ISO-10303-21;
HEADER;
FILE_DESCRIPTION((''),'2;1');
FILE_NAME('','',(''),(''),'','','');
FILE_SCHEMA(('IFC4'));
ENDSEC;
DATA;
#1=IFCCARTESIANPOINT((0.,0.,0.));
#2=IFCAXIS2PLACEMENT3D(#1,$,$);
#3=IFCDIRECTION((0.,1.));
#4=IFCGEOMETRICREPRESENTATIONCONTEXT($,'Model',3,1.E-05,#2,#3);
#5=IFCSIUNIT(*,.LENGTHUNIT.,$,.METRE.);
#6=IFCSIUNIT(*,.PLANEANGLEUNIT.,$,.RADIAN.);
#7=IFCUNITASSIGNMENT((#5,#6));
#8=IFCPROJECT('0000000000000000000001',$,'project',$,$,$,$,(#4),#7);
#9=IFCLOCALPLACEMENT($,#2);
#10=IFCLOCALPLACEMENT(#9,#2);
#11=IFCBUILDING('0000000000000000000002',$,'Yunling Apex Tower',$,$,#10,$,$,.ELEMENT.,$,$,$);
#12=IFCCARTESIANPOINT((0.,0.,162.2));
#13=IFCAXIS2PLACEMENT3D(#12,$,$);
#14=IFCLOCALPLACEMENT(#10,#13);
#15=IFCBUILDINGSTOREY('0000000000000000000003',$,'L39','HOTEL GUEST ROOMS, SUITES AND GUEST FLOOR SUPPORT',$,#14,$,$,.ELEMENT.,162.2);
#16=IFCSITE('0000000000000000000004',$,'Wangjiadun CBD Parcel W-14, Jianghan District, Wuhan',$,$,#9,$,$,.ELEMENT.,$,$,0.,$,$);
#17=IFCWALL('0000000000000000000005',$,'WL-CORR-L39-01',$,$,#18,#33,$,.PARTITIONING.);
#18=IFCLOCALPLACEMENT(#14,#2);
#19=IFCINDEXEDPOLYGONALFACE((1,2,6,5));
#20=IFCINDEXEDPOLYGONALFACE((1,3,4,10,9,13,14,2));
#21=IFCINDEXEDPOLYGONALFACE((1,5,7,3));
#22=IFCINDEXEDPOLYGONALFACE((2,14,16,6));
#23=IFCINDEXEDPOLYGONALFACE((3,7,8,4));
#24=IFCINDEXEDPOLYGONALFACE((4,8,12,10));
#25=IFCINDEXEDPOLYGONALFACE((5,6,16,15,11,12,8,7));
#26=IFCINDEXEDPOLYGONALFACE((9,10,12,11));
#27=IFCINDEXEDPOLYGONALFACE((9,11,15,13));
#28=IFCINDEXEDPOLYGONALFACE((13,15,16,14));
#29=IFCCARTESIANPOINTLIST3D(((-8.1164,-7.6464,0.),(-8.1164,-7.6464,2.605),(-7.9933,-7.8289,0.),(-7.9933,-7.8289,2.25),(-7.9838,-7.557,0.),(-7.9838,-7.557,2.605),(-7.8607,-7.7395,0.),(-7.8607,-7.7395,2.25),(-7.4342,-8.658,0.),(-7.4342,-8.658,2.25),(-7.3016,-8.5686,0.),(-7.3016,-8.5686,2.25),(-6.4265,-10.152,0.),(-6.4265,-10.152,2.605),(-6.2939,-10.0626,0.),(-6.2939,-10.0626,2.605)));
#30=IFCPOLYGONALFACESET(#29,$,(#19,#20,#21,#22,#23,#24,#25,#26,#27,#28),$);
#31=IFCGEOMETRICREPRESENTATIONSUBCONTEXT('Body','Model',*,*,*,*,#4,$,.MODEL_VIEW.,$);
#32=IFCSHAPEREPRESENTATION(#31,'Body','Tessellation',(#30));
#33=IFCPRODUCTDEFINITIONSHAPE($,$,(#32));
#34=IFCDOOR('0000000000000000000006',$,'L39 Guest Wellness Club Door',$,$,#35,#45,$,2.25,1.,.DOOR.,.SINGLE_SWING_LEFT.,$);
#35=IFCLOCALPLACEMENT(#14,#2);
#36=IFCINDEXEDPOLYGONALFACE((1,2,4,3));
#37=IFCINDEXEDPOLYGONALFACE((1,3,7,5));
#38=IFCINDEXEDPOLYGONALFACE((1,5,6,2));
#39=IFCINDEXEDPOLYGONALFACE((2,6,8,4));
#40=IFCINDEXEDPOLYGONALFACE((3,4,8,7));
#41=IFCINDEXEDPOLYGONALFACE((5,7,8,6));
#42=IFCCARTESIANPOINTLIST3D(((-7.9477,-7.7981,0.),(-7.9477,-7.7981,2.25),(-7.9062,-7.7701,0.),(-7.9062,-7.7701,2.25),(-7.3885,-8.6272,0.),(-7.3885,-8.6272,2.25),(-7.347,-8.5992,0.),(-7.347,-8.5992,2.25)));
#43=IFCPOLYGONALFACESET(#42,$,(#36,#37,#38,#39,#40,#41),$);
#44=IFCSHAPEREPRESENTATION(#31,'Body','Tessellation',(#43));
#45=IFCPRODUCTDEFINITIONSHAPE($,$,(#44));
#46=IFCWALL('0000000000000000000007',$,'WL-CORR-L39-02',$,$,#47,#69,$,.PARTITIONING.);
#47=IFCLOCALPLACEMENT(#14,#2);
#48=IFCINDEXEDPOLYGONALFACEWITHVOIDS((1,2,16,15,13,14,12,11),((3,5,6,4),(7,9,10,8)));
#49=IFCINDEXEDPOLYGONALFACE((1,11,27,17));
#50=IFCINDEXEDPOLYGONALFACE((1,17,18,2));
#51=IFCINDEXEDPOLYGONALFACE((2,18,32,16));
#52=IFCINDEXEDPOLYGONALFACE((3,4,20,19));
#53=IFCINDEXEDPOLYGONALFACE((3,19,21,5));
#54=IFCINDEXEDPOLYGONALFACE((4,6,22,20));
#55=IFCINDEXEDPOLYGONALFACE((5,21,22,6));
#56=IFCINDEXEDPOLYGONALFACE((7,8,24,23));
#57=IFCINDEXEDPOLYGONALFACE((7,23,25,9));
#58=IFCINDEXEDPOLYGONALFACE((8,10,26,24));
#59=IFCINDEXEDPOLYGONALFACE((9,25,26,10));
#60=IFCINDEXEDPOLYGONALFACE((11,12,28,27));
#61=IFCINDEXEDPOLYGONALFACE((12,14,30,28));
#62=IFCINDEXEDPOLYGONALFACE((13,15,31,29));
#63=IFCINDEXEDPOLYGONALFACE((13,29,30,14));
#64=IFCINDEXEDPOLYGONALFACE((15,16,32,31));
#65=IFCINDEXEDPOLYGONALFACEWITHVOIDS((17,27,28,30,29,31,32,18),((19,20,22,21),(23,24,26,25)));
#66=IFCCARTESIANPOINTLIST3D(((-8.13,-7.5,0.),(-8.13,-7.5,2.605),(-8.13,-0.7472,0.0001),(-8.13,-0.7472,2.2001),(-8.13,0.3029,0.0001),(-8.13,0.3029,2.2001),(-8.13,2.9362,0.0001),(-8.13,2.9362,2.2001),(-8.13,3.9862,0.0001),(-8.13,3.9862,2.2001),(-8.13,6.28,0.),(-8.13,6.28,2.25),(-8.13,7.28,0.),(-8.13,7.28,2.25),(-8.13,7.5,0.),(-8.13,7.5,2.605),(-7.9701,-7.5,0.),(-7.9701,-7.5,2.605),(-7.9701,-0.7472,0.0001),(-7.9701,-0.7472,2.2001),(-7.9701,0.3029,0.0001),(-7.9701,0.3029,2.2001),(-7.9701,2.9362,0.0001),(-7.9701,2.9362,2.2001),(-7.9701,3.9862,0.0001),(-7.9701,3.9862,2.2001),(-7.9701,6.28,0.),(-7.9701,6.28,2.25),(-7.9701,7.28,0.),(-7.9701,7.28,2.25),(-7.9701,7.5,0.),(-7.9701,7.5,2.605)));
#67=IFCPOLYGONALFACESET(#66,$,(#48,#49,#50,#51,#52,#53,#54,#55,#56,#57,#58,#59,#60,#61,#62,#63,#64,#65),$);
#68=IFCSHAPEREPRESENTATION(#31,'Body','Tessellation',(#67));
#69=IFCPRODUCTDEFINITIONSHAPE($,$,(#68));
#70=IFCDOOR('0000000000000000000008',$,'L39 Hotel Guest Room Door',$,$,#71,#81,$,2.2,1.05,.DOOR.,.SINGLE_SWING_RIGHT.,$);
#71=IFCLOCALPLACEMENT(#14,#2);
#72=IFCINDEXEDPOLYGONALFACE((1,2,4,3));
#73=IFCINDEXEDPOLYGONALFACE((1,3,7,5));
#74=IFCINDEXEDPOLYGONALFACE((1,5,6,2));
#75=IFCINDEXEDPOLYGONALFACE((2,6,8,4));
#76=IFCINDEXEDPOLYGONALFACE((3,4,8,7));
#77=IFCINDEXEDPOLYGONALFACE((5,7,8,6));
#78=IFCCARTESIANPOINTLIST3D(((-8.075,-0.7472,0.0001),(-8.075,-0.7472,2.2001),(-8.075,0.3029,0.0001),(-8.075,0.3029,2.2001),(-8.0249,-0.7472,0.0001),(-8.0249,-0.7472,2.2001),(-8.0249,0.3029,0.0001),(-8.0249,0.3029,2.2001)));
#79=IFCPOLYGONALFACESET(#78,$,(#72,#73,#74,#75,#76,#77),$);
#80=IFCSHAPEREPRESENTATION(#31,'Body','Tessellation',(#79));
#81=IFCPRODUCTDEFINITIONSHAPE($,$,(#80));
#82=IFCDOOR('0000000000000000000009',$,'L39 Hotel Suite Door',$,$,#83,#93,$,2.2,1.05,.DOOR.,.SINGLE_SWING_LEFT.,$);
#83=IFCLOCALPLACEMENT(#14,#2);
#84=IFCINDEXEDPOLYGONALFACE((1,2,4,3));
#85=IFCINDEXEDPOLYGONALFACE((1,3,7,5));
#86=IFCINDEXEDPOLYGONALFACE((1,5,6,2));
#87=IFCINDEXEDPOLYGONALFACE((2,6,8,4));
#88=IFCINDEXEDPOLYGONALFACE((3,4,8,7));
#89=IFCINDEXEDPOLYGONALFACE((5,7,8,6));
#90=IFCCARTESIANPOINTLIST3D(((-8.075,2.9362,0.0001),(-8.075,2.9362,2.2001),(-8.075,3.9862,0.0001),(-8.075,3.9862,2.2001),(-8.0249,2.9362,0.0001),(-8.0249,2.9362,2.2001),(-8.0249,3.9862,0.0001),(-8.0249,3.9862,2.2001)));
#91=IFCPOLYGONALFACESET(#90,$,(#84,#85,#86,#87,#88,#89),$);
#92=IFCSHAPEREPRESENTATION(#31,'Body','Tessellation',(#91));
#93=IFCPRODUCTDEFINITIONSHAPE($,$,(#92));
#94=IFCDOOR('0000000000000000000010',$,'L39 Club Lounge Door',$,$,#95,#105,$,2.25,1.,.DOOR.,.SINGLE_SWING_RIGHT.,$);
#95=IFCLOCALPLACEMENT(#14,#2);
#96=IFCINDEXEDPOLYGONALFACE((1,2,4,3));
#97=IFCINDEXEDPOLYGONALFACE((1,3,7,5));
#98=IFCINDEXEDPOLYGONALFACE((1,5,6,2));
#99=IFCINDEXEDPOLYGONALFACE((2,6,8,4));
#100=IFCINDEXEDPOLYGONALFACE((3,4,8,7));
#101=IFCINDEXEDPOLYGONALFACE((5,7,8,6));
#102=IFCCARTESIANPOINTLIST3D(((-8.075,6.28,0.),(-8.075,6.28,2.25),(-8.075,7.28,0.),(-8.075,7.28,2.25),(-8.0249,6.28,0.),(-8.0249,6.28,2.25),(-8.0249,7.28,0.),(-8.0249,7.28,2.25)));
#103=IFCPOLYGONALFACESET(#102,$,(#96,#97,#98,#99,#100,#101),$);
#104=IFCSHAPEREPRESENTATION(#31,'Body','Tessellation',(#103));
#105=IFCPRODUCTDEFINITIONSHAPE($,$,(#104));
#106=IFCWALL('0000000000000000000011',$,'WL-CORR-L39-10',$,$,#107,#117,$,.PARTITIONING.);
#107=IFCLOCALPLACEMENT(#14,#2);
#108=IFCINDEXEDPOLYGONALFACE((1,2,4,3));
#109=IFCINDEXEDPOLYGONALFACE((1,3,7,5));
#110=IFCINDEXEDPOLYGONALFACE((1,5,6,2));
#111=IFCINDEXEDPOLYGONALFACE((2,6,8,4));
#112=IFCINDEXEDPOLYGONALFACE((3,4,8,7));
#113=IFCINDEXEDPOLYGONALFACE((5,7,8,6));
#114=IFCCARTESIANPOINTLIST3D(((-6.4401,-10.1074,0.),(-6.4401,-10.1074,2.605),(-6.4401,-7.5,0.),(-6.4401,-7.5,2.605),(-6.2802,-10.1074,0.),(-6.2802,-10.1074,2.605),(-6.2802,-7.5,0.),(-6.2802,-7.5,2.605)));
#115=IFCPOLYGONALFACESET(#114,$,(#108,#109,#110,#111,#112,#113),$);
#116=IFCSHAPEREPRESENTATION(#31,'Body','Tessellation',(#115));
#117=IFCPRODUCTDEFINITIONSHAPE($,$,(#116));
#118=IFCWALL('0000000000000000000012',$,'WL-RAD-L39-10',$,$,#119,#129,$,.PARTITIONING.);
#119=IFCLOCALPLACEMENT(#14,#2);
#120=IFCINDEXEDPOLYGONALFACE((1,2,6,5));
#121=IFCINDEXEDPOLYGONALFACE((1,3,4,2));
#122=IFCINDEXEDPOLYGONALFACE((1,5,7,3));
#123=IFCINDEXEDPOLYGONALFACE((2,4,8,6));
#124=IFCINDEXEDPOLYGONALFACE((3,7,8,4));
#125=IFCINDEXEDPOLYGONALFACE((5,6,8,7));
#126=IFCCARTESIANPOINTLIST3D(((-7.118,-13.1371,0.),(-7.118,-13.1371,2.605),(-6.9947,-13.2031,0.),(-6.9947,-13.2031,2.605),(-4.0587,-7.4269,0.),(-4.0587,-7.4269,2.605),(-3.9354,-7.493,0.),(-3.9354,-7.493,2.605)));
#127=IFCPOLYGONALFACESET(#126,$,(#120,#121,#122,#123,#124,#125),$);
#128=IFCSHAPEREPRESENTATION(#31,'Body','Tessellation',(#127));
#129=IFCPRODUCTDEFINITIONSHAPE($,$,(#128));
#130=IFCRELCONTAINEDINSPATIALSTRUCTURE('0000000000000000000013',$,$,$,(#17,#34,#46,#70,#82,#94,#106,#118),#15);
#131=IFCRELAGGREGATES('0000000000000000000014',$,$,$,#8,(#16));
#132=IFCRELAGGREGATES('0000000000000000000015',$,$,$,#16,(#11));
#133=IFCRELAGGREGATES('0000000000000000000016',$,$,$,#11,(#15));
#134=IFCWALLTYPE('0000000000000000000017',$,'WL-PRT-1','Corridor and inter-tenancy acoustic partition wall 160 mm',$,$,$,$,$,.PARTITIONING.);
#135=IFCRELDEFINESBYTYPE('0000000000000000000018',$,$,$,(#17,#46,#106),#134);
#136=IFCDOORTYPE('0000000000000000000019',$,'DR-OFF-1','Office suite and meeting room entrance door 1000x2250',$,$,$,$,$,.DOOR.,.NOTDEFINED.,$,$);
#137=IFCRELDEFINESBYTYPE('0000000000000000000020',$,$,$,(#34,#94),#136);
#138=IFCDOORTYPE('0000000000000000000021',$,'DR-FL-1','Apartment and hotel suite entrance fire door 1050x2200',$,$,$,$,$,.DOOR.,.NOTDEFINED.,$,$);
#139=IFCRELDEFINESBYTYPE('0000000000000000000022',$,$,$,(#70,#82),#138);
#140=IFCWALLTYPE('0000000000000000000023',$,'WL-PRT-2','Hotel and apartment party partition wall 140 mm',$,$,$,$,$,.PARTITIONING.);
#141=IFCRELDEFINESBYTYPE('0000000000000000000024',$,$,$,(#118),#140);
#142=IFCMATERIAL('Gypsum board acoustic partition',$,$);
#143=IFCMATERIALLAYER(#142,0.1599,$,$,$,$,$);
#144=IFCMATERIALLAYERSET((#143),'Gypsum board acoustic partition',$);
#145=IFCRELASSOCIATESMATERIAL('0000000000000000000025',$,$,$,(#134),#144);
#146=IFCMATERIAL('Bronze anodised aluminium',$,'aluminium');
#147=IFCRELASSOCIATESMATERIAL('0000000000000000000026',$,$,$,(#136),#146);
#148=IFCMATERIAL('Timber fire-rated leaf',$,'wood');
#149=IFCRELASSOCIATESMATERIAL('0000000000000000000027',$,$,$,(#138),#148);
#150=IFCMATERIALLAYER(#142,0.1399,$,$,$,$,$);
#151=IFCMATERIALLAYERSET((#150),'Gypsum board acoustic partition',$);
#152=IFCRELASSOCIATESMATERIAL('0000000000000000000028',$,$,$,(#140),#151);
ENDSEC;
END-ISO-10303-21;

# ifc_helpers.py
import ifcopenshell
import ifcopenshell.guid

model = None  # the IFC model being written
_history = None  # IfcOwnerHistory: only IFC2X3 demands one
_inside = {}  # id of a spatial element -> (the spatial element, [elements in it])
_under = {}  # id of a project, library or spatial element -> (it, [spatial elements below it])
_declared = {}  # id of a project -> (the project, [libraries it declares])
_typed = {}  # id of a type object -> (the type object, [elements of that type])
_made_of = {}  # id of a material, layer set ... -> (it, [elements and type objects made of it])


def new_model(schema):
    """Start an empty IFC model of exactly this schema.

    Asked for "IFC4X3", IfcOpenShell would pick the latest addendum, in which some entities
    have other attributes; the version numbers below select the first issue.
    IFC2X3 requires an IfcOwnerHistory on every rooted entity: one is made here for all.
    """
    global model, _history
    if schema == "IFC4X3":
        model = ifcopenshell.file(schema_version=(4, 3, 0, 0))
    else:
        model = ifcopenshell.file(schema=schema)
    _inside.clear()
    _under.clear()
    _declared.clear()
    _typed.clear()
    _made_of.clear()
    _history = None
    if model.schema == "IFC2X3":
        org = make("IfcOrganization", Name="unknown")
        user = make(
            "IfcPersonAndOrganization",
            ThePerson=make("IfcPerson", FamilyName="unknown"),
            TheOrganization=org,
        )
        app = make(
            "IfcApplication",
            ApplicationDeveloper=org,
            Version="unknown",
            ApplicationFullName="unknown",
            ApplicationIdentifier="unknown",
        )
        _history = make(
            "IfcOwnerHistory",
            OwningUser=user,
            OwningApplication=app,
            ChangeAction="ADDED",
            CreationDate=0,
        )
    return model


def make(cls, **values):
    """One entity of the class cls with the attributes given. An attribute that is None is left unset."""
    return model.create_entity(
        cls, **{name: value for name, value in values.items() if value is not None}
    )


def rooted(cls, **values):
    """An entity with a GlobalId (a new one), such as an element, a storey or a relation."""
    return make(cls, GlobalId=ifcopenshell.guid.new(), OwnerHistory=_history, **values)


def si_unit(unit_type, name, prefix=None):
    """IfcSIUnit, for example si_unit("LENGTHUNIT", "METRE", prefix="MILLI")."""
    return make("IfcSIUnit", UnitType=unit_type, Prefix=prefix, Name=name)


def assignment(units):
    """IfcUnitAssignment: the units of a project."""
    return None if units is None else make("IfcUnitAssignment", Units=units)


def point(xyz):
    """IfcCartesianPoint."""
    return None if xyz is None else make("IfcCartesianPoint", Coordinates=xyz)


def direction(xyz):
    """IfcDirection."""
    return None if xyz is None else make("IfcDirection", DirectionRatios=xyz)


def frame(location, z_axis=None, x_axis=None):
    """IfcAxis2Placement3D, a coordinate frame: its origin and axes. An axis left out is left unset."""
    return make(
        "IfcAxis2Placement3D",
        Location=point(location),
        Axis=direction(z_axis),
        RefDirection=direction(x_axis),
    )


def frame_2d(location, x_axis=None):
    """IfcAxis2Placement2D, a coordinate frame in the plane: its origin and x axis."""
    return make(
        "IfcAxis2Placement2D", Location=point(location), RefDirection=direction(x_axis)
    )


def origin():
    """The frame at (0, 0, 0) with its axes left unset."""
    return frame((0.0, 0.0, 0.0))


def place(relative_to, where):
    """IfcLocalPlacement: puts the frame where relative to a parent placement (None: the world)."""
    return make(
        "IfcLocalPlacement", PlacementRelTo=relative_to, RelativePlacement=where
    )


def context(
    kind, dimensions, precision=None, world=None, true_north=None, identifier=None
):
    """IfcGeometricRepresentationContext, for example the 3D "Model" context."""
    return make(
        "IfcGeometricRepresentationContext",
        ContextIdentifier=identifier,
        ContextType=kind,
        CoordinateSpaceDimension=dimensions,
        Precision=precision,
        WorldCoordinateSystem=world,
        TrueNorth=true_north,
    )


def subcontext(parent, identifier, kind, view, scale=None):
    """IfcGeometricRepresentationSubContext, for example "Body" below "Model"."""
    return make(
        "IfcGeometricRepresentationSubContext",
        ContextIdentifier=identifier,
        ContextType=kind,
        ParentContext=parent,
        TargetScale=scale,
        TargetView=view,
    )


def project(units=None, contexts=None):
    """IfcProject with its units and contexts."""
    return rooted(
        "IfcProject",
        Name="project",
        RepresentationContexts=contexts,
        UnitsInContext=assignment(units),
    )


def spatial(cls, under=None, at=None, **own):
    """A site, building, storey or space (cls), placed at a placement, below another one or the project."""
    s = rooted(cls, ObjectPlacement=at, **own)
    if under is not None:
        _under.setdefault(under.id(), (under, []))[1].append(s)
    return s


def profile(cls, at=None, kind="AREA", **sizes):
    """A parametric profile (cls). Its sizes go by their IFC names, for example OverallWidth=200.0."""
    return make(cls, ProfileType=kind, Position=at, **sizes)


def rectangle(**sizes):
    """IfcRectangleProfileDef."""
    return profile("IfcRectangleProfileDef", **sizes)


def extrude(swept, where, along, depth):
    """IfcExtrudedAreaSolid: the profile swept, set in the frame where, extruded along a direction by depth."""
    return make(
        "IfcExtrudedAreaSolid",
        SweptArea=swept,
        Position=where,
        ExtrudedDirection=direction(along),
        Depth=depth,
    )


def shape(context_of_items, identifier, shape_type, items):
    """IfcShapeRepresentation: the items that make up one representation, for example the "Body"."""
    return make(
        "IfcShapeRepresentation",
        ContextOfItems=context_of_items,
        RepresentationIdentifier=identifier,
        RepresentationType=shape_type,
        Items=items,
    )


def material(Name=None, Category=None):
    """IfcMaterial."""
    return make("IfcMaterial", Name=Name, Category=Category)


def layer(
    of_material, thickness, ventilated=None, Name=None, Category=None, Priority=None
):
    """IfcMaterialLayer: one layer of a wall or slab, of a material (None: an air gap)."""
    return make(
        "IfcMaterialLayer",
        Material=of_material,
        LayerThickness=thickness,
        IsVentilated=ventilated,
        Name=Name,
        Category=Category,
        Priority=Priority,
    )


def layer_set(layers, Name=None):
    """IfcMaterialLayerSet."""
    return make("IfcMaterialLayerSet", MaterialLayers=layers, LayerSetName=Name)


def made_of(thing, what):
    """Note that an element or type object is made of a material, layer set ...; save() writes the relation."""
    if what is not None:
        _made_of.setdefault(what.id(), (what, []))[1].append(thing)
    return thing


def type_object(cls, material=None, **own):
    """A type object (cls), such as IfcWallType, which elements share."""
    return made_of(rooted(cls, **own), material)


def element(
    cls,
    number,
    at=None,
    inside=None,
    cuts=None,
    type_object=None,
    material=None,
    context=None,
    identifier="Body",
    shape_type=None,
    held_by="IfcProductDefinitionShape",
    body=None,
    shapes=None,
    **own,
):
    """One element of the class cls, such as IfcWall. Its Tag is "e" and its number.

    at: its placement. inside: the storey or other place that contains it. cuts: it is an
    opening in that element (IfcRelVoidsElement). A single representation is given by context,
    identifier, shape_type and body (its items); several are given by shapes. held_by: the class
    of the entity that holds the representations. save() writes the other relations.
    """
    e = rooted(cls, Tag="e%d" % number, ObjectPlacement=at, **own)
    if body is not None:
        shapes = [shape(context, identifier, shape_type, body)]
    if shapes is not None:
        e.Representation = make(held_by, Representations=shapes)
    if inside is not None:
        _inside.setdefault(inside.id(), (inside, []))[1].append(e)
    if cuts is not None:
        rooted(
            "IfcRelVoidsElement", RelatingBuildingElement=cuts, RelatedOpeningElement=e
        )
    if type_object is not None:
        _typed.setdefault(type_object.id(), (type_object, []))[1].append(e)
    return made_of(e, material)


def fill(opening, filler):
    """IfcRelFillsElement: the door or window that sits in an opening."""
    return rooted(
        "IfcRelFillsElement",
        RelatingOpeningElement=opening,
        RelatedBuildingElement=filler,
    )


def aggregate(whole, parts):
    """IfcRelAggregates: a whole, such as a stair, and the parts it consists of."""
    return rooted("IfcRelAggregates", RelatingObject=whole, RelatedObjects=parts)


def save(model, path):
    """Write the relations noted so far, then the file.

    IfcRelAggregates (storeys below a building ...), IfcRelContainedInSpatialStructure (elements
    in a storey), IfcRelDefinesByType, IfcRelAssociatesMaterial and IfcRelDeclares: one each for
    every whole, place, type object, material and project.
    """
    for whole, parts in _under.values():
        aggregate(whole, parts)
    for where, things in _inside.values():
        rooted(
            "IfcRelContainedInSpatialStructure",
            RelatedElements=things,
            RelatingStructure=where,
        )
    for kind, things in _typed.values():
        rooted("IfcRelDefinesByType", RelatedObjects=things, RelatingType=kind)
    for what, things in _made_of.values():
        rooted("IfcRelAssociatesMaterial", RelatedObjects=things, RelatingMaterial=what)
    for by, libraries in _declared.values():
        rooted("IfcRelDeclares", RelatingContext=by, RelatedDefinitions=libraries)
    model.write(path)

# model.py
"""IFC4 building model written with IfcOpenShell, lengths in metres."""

from ifc_helpers import new_model, si_unit, direction, frame, frame_2d, origin, place, context, subcontext, project, spatial, rectangle, extrude, material, layer, layer_set, type_object, element, fill, save


model = new_model("IFC4")

# Units and contexts
model_context = context("Model", 3, precision=1e-05, world=origin(), true_north=direction((0.0, 1.0)))
body_context = subcontext(model_context, "Body", "Model", "MODEL_VIEW")
ifc_project = project(units=[si_unit("LENGTHUNIT", "METRE"), si_unit("PLANEANGLEUNIT", "RADIAN")], contexts=[model_context])

# Site, building, storey
site_placement = place(None, origin())
site = spatial("IfcSite", under=ifc_project, at=site_placement, Name="Wangjiadun CBD Parcel W-14, Jianghan District, Wuhan", CompositionType="ELEMENT", RefElevation=0.0)
building_placement = place(site_placement, origin())
building = spatial("IfcBuilding", under=site, at=building_placement, Name="Yunling Apex Tower", CompositionType="ELEMENT")
storey_placement = place(building_placement, frame((0.0, 0.0, 162.2)))
storey = spatial("IfcBuildingStorey", under=building, at=storey_placement, Name="L39", Description="HOTEL GUEST ROOMS, SUITES AND GUEST FLOOR SUPPORT", CompositionType="ELEMENT", Elevation=162.2)

# Shared definitions
ifc_material_1 = material(Name="Bronze anodised aluminium", Category="aluminium")

# Wall, opening, door
ifc_material_2 = material(Name="Gypsum board acoustic partition")
ifc_layer_1 = layer(ifc_material_2, 0.1599)
ifc_layer_set_1 = layer_set([ifc_layer_1], Name="Gypsum board acoustic partition")
wall_type_1 = type_object("IfcWallType", Name="WL-PRT-1", Description="Corridor and inter-tenancy acoustic partition wall 160 mm", PredefinedType="PARTITIONING", material=ifc_layer_set_1)
wall_1_placement = place(storey_placement, frame((-6.3601, -10.1074, 0.0), z_axis=(0.0, 0.0, 1.0), x_axis=(-0.559166, 0.829056, 0.0)))
wall_1 = element("IfcWall", 1, at=wall_1_placement, inside=storey, type_object=wall_type_1, Name="WL-CORR-L39-01", PredefinedType="PARTITIONING", context=body_context, shape_type="SweptSolid", body=[
    extrude(rectangle(XDim=3.0222, YDim=0.1599, at=frame_2d((1.5112, 0.0))), origin(), (0.0, 0.0, 1.0), 2.605),
])
opening_1_placement = place(wall_1_placement, frame((1.8022, 0.0, 0.0)))
opening_1 = element("IfcOpeningElement", 2, at=opening_1_placement, cuts=wall_1, PredefinedType="OPENING", context=body_context, shape_type="SweptSolid", body=[
    extrude(rectangle(XDim=1.0, YDim=2.25, at=frame_2d((0.5, 1.125))), frame((0.0, 0.0898, 0.0), z_axis=(0.0, -1.0, 0.0), x_axis=(1.0, 0.0, 0.0)), (0.0, 0.0, 1.0), 0.1799),
])
door_type_1 = type_object("IfcDoorType", Name="DR-OFF-1", Description="Office suite and meeting room entrance door 1000x2250", OperationType="NOTDEFINED", PredefinedType="DOOR", material=ifc_material_1)
door_1_placement = place(opening_1_placement, origin())
door_1 = element("IfcDoor", 3, at=door_1_placement, inside=storey, type_object=door_type_1, Name="L39 Guest Wellness Club Door", OperationType="SINGLE_SWING_LEFT", OverallHeight=2.25, OverallWidth=1.0, PredefinedType="DOOR", context=body_context, shape_type="SweptSolid", body=[
    extrude(rectangle(XDim=1.0, YDim=2.25, at=frame_2d((0.5, 1.125))), frame((0.0, 0.0249, 0.0), z_axis=(0.0, -1.0, 0.0), x_axis=(1.0, 0.0, 0.0)), (0.0, 0.0, 1.0), 0.05),
])
fill(opening_1, door_1)

# Wall, openings, doors
wall_2_placement = place(storey_placement, frame((-8.05, -7.5, 0.0), z_axis=(0.0, 0.0, 1.0), x_axis=(0.0, 1.0, 0.0)))
wall_2 = element("IfcWall", 4, at=wall_2_placement, inside=storey, type_object=wall_type_1, Name="WL-CORR-L39-02", PredefinedType="PARTITIONING", context=body_context, shape_type="SweptSolid", body=[
    extrude(rectangle(XDim=15.0, YDim=0.1599, at=frame_2d((7.5, 0.0))), origin(), (0.0, 0.0, 1.0), 2.605),
])
opening_2_placement = place(wall_2_placement, frame((6.7529, 0.0, 0.0)))
opening_2 = element("IfcOpeningElement", 5, at=opening_2_placement, cuts=wall_2, PredefinedType="OPENING", context=body_context, shape_type="SweptSolid", body=[
    extrude(rectangle(XDim=1.05, YDim=2.2, at=frame_2d((0.5249, 1.1001))), frame((0.0, 0.0898, 0.0), z_axis=(0.0, -1.0, 0.0), x_axis=(1.0, 0.0, 0.0)), (0.0, 0.0, 1.0), 0.1799),
])
opening_3_placement = place(wall_2_placement, frame((10.4363, 0.0, 0.0)))
opening_3 = element("IfcOpeningElement", 6, at=opening_3_placement, cuts=wall_2, PredefinedType="OPENING", context=body_context, shape_type="SweptSolid", body=[
    extrude(rectangle(XDim=1.05, YDim=2.2, at=frame_2d((0.5249, 1.1001))), frame((0.0, 0.0898, 0.0), z_axis=(0.0, -1.0, 0.0), x_axis=(1.0, 0.0, 0.0)), (0.0, 0.0, 1.0), 0.1799),
])
opening_4_placement = place(wall_2_placement, frame((13.78, 0.0, 0.0)))
opening_4 = element("IfcOpeningElement", 7, at=opening_4_placement, cuts=wall_2, PredefinedType="OPENING", context=body_context, shape_type="SweptSolid", body=[
    extrude(rectangle(XDim=1.0, YDim=2.25, at=frame_2d((0.5, 1.125))), frame((0.0, 0.0898, 0.0), z_axis=(0.0, -1.0, 0.0), x_axis=(1.0, 0.0, 0.0)), (0.0, 0.0, 1.0), 0.1799),
])
ifc_material_3 = material(Name="Timber fire-rated leaf", Category="wood")
door_type_2 = type_object("IfcDoorType", Name="DR-FL-1", Description="Apartment and hotel suite entrance fire door 1050x2200", OperationType="NOTDEFINED", PredefinedType="DOOR", material=ifc_material_3)
door_2_placement = place(opening_2_placement, origin())
door_2 = element("IfcDoor", 8, at=door_2_placement, inside=storey, type_object=door_type_2, Name="L39 Hotel Guest Room Door", OperationType="SINGLE_SWING_RIGHT", OverallHeight=2.2, OverallWidth=1.05, PredefinedType="DOOR", context=body_context, shape_type="SweptSolid", body=[
    extrude(rectangle(XDim=1.05, YDim=2.2, at=frame_2d((0.5249, 1.1001))), frame((0.0, 0.0249, 0.0), z_axis=(0.0, -1.0, 0.0), x_axis=(1.0, 0.0, 0.0)), (0.0, 0.0, 1.0), 0.05),
])
fill(opening_2, door_2)
door_3_placement = place(opening_3_placement, origin())
door_3 = element("IfcDoor", 9, at=door_3_placement, inside=storey, type_object=door_type_2, Name="L39 Hotel Suite Door", OperationType="SINGLE_SWING_LEFT", OverallHeight=2.2, OverallWidth=1.05, PredefinedType="DOOR", context=body_context, shape_type="SweptSolid", body=[
    extrude(rectangle(XDim=1.05, YDim=2.2, at=frame_2d((0.5249, 1.1001))), frame((0.0, 0.0249, 0.0), z_axis=(0.0, -1.0, 0.0), x_axis=(1.0, 0.0, 0.0)), (0.0, 0.0, 1.0), 0.05),
])
fill(opening_3, door_3)
door_4_placement = place(opening_4_placement, origin())
door_4 = element("IfcDoor", 10, at=door_4_placement, inside=storey, type_object=door_type_1, Name="L39 Club Lounge Door", OperationType="SINGLE_SWING_RIGHT", OverallHeight=2.25, OverallWidth=1.0, PredefinedType="DOOR", context=body_context, shape_type="SweptSolid", body=[
    extrude(rectangle(XDim=1.0, YDim=2.25, at=frame_2d((0.5, 1.125))), frame((0.0, 0.0249, 0.0), z_axis=(0.0, -1.0, 0.0), x_axis=(1.0, 0.0, 0.0)), (0.0, 0.0, 1.0), 0.05),
])
fill(opening_4, door_4)

# Walls
wall_3_placement = place(storey_placement, frame((-6.3601, -7.5, 0.0), z_axis=(0.0, 0.0, 1.0), x_axis=(0.0, -1.0, 0.0)))
element("IfcWall", 11, at=wall_3_placement, inside=storey, type_object=wall_type_1, Name="WL-CORR-L39-10", PredefinedType="PARTITIONING", context=body_context, shape_type="SweptSolid", body=[
    extrude(rectangle(XDim=2.6074, YDim=0.1599, at=frame_2d((1.3037, 0.0))), origin(), (0.0, 0.0, 1.0), 2.605),
])
ifc_layer_2 = layer(ifc_material_2, 0.1399)
ifc_layer_set_2 = layer_set([ifc_layer_2], Name="Gypsum board acoustic partition")
wall_type_2 = type_object("IfcWallType", Name="WL-PRT-2", Description="Hotel and apartment party partition wall 140 mm", PredefinedType="PARTITIONING", material=ifc_layer_set_2)
wall_4_placement = place(storey_placement, frame((-3.9971, -7.46, 0.0), z_axis=(0.0, 0.0, 1.0), x_axis=(-0.472256, -0.881461, 0.0)))
element("IfcWall", 12, at=wall_4_placement, inside=storey, type_object=wall_type_2, Name="WL-RAD-L39-10", PredefinedType="PARTITIONING", context=body_context, shape_type="SweptSolid", body=[
    extrude(rectangle(XDim=6.478, YDim=0.1399, at=frame_2d((3.239, 0.0))), origin(), (0.0, 0.0, 1.0), 2.605),
])

save(model, "model.ifc")
